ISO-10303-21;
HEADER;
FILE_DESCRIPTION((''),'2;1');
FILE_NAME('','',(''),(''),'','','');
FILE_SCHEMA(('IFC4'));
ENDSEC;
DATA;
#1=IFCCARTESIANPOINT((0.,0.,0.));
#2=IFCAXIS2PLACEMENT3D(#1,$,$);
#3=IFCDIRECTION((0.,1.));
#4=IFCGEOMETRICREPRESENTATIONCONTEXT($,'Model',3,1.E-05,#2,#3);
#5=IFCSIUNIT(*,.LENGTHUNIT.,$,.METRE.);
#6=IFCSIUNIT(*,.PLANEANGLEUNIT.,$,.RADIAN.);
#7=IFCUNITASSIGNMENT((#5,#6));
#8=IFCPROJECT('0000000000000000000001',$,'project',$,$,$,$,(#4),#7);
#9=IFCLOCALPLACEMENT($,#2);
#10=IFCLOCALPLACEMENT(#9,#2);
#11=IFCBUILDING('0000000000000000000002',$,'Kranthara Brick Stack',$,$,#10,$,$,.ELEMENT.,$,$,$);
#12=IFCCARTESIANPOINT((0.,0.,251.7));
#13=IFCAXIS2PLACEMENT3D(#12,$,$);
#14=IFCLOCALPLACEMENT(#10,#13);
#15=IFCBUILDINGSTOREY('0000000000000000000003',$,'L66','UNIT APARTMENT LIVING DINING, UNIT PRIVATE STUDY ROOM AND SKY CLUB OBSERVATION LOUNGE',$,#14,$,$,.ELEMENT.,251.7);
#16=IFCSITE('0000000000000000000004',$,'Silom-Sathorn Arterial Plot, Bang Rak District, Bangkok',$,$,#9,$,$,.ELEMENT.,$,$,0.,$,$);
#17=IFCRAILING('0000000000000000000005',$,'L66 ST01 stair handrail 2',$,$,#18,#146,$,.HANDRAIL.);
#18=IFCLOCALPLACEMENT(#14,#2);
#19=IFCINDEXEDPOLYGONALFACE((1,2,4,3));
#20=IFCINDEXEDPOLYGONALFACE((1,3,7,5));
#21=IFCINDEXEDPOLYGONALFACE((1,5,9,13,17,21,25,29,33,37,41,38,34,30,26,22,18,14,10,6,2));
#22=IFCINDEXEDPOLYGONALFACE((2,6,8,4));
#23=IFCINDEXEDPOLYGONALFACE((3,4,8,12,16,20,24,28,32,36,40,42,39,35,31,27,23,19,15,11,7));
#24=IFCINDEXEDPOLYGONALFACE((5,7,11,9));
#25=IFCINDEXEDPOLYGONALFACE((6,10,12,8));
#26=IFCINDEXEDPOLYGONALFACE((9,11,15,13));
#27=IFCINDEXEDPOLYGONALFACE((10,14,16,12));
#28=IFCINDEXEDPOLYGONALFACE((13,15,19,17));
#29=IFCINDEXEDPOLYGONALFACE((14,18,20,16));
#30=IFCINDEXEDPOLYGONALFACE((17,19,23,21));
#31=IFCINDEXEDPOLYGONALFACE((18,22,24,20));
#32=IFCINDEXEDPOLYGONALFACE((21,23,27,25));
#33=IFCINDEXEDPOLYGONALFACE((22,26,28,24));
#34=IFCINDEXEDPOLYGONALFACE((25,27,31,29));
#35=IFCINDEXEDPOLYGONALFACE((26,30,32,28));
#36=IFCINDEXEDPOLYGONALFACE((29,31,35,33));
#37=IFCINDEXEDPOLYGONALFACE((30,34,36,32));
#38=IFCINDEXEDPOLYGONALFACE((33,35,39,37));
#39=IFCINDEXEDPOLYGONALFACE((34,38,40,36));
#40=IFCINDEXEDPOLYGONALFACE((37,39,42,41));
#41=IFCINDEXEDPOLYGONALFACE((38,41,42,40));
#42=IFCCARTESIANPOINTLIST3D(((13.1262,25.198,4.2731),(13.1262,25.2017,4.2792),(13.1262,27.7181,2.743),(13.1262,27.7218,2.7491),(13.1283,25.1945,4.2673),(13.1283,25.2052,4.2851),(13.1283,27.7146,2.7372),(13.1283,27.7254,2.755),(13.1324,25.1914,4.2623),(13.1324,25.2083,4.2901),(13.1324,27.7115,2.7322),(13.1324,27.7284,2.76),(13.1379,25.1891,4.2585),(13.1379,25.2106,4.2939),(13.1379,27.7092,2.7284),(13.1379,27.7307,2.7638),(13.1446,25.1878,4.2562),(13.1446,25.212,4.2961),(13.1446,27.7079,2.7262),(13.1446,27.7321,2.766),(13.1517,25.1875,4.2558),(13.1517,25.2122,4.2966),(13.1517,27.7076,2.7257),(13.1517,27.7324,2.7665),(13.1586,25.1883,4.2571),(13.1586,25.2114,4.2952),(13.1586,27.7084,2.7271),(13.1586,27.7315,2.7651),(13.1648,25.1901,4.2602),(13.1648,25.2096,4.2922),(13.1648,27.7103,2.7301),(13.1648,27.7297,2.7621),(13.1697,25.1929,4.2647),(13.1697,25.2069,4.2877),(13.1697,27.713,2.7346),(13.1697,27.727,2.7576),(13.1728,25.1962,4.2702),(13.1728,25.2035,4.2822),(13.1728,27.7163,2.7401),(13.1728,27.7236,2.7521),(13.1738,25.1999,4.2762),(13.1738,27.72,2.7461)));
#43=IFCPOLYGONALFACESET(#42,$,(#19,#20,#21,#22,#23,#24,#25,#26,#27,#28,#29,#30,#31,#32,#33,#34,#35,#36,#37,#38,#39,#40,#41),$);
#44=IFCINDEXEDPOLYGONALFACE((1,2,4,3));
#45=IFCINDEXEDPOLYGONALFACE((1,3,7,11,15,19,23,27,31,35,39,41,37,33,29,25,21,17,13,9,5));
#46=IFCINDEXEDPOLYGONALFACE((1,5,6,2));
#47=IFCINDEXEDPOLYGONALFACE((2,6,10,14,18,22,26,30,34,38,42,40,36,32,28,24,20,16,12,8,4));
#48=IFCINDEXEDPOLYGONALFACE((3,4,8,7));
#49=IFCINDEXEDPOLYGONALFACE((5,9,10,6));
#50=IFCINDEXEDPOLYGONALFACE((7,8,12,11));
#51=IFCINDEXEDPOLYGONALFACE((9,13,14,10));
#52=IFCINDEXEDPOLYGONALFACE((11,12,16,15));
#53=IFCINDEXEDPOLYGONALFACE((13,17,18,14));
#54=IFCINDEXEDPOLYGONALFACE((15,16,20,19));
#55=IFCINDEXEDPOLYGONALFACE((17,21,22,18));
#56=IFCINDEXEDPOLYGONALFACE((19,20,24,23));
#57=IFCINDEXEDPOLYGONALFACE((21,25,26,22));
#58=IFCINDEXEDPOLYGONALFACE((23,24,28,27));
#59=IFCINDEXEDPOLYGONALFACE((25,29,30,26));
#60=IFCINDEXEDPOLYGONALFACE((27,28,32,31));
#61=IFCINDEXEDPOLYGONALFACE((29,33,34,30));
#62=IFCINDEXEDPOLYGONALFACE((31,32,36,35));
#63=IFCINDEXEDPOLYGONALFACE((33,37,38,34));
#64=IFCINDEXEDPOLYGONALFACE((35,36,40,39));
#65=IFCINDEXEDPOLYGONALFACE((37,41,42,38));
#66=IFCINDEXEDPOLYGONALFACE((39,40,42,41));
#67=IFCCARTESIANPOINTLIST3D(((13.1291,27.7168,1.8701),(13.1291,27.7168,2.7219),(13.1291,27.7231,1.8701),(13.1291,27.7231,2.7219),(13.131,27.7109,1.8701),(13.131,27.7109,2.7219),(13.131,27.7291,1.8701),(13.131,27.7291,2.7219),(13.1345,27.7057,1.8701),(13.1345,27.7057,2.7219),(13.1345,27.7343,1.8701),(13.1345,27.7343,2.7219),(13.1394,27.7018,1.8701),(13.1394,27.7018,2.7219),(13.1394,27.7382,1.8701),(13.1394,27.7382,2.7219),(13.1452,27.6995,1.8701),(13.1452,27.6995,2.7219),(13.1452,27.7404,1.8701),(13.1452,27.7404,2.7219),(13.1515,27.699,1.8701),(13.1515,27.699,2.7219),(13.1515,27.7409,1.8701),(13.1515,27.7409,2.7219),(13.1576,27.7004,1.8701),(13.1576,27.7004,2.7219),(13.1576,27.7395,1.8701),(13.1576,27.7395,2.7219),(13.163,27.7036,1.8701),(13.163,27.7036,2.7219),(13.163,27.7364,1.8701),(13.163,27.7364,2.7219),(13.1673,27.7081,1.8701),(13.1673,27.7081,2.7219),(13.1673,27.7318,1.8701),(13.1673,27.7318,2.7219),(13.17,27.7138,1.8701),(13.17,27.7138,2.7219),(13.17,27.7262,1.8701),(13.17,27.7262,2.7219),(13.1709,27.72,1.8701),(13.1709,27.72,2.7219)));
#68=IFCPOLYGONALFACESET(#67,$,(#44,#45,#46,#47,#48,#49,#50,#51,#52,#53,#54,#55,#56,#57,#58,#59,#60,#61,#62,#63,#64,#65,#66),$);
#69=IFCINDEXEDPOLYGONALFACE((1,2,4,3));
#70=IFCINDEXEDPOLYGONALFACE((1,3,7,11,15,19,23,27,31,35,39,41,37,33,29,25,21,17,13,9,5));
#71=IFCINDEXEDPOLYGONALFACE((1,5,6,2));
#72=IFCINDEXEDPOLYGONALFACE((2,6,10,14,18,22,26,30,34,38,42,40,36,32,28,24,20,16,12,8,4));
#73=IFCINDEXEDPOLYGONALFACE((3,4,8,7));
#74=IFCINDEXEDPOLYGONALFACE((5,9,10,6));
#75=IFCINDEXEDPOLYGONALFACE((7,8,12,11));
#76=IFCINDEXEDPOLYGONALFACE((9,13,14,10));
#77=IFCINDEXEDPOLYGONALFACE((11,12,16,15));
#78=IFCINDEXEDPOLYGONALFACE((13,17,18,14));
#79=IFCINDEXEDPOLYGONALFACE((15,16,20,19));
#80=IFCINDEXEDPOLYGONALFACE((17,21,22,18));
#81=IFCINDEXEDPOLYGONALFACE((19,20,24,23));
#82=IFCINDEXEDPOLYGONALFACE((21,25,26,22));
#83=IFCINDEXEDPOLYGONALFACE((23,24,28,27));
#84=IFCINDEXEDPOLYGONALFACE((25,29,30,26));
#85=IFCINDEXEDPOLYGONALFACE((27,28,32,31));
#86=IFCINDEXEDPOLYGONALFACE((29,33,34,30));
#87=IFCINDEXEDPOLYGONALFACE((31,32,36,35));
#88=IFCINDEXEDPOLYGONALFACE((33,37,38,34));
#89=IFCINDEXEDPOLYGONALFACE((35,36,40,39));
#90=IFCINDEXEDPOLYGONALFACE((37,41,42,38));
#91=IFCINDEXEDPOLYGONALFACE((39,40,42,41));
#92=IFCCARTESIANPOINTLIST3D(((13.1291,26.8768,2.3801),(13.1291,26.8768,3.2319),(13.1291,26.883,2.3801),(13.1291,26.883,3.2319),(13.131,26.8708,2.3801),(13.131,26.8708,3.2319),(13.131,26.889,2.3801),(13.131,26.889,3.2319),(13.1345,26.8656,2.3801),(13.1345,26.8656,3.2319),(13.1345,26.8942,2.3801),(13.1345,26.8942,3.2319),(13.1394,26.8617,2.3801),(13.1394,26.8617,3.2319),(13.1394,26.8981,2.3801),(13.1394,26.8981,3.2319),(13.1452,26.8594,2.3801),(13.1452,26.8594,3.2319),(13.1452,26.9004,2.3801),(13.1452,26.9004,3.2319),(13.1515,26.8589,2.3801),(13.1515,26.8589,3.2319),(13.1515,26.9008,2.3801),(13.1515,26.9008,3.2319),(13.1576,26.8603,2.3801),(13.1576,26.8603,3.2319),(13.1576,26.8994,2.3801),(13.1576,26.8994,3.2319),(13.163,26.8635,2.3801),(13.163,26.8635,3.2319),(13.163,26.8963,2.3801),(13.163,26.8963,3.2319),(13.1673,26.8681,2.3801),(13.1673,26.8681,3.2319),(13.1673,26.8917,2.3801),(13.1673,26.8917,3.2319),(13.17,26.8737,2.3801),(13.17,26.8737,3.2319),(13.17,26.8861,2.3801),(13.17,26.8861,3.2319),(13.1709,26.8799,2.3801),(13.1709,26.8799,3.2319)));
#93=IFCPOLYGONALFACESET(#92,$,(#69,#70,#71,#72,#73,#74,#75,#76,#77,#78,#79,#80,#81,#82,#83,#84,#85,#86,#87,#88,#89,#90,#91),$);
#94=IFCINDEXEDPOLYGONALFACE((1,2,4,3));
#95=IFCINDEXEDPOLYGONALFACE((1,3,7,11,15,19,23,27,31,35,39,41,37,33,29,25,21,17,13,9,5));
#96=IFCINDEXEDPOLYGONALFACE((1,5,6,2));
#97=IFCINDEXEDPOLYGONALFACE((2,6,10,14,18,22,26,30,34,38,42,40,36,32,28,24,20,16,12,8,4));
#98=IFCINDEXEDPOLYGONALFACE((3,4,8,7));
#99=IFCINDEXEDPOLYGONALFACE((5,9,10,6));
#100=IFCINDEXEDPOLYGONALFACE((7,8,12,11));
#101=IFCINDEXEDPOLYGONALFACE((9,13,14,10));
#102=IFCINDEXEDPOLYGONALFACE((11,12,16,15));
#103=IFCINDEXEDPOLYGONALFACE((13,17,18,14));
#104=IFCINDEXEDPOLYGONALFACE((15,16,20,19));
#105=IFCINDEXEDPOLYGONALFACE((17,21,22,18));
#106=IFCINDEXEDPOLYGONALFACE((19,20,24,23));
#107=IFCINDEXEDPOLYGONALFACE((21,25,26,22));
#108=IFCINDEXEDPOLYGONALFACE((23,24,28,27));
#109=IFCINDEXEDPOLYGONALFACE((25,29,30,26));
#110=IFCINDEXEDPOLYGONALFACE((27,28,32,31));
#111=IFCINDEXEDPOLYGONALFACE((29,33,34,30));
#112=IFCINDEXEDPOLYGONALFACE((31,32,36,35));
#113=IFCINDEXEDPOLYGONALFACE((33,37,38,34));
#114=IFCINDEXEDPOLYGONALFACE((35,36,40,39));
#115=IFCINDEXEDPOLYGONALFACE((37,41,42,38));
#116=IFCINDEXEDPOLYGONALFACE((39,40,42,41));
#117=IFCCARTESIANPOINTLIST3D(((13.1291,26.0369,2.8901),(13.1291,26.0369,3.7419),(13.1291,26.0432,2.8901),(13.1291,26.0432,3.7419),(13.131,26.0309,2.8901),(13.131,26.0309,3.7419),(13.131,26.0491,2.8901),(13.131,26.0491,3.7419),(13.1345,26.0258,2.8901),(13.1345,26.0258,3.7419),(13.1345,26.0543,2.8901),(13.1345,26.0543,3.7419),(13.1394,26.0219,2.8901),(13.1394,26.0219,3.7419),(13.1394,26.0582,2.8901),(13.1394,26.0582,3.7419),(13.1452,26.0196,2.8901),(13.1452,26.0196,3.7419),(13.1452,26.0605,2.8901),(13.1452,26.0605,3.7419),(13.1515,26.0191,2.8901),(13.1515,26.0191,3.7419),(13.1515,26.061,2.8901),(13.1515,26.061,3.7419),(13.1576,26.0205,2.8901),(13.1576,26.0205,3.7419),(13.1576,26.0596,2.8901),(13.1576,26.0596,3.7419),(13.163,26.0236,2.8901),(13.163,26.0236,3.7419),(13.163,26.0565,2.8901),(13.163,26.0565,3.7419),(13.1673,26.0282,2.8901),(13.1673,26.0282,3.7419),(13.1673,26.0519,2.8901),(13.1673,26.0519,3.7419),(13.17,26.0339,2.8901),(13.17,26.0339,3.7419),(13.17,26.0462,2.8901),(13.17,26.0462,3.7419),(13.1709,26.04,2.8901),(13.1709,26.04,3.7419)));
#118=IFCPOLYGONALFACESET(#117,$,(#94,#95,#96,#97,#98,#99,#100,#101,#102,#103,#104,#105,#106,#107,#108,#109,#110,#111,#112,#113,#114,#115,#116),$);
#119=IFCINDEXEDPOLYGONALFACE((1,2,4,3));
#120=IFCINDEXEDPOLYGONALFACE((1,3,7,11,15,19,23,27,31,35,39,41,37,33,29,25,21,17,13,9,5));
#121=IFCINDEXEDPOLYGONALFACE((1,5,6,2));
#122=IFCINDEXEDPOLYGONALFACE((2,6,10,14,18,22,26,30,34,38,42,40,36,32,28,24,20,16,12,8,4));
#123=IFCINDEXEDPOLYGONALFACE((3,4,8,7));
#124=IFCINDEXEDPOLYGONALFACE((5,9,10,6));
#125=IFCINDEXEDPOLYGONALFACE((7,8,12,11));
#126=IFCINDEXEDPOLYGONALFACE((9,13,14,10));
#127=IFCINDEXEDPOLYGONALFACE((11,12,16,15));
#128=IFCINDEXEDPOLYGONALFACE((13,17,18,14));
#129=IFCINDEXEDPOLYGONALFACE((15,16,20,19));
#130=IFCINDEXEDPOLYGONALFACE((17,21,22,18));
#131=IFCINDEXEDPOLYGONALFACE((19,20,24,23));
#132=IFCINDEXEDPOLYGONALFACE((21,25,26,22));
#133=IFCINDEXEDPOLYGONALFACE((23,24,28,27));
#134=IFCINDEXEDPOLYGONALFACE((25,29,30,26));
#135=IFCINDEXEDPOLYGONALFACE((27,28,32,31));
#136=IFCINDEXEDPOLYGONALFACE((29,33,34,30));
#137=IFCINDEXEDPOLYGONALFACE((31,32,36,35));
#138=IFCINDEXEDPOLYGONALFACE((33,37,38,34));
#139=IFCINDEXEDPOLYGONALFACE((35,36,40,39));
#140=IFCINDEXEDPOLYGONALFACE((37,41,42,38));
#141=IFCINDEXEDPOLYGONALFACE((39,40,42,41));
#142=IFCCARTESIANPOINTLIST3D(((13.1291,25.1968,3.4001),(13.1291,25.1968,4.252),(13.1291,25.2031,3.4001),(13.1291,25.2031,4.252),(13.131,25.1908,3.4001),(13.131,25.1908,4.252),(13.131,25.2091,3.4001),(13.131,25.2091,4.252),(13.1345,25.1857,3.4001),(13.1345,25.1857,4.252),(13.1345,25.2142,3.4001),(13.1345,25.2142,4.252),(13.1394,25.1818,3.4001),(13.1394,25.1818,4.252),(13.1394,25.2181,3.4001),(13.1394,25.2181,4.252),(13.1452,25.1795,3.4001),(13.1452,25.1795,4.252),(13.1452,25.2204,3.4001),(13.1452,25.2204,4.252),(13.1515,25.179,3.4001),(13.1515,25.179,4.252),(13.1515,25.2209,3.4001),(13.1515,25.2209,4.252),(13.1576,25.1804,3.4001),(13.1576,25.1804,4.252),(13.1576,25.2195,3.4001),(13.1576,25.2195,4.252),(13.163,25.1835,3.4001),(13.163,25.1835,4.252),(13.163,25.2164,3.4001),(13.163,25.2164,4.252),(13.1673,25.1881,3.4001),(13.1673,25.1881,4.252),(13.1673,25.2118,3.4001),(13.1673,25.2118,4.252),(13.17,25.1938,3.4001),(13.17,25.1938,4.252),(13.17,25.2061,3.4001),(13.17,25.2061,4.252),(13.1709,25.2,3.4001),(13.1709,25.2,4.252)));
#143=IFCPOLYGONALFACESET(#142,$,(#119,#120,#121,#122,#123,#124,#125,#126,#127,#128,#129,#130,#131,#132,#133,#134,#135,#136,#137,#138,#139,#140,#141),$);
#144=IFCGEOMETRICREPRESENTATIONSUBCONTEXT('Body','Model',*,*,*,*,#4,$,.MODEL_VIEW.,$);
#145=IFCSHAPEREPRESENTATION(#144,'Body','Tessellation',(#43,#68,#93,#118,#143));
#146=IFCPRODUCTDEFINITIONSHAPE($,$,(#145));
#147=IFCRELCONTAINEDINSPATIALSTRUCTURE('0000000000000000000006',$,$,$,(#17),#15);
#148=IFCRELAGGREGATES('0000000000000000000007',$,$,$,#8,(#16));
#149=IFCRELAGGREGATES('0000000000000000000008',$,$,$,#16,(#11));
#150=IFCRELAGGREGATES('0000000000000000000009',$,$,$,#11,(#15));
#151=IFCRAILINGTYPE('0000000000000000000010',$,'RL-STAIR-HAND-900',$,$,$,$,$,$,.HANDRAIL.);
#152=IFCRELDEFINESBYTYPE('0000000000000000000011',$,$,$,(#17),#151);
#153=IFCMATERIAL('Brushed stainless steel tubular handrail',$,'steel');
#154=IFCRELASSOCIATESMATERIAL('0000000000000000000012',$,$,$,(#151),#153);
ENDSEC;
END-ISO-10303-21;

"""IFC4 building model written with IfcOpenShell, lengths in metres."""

from ifc_helpers import new_model, si_unit, direction, frame, origin, origin_2d, place, context, subcontext, project, spatial, circle, extrude, material, type_object, element, save


model = new_model("IFC4")

# Units and contexts
model_context = context("Model", 3, precision=1e-05, world=origin(), true_north=direction((0.0, 1.0)))
body_context = subcontext(model_context, "Body", "Model", "MODEL_VIEW")
ifc_project = project(units=[si_unit("LENGTHUNIT", "METRE"), si_unit("PLANEANGLEUNIT", "RADIAN")], contexts=[model_context])

# Site, building, storey
site_placement = place(None, origin())
site = spatial("IfcSite", under=ifc_project, at=site_placement, Name="Silom-Sathorn Arterial Plot, Bang Rak District, Bangkok", CompositionType="ELEMENT", RefElevation=0.0)
building_placement = place(site_placement, origin())
building = spatial("IfcBuilding", under=site, at=building_placement, Name="Kranthara Brick Stack", CompositionType="ELEMENT")
storey_placement = place(building_placement, frame((0.0, 0.0, 251.7)))
storey = spatial("IfcBuildingStorey", under=building, at=storey_placement, Name="L66", Description="UNIT APARTMENT LIVING DINING, UNIT PRIVATE STUDY ROOM AND SKY CLUB OBSERVATION LOUNGE", CompositionType="ELEMENT", Elevation=251.7)

# Railing
ifc_material_1 = material(Name="Brushed stainless steel tubular handrail", Category="steel")
railing_type_1 = type_object("IfcRailingType", Name="RL-STAIR-HAND-900", PredefinedType="HANDRAIL", material=ifc_material_1)
railing_1_placement = place(storey_placement, frame((13.1499, 27.72, 1.8701)))
element("IfcRailing", 1, at=railing_1_placement, inside=storey, type_object=railing_type_1, Name="L66 ST01 stair handrail 2", PredefinedType="HANDRAIL", context=body_context, shape_type="SweptSolid", body=[
    extrude(circle(Radius=0.0239, at=origin_2d()), frame((0.0, 0.0, 0.876), z_axis=(0.0, -0.854785, 0.518982), x_axis=(1.0, 0.0, 0.0)), (0.0, 0.0, 1.0), 2.9482),
    extrude(circle(Radius=0.021, at=origin_2d()), origin(), (0.0, 0.0, 1.0), 0.8518),
    extrude(circle(Radius=0.021, at=origin_2d()), frame((0.0, -0.8401, 0.51)), (0.0, 0.0, 1.0), 0.8518),
    extrude(circle(Radius=0.021, at=origin_2d()), frame((0.0, -1.6799, 1.02)), (0.0, 0.0, 1.0), 0.8518),
    extrude(circle(Radius=0.021, at=origin_2d()), frame((0.0, -2.52, 1.53)), (0.0, 0.0, 1.0), 0.8518),
])

save(model, "model.ifc")
